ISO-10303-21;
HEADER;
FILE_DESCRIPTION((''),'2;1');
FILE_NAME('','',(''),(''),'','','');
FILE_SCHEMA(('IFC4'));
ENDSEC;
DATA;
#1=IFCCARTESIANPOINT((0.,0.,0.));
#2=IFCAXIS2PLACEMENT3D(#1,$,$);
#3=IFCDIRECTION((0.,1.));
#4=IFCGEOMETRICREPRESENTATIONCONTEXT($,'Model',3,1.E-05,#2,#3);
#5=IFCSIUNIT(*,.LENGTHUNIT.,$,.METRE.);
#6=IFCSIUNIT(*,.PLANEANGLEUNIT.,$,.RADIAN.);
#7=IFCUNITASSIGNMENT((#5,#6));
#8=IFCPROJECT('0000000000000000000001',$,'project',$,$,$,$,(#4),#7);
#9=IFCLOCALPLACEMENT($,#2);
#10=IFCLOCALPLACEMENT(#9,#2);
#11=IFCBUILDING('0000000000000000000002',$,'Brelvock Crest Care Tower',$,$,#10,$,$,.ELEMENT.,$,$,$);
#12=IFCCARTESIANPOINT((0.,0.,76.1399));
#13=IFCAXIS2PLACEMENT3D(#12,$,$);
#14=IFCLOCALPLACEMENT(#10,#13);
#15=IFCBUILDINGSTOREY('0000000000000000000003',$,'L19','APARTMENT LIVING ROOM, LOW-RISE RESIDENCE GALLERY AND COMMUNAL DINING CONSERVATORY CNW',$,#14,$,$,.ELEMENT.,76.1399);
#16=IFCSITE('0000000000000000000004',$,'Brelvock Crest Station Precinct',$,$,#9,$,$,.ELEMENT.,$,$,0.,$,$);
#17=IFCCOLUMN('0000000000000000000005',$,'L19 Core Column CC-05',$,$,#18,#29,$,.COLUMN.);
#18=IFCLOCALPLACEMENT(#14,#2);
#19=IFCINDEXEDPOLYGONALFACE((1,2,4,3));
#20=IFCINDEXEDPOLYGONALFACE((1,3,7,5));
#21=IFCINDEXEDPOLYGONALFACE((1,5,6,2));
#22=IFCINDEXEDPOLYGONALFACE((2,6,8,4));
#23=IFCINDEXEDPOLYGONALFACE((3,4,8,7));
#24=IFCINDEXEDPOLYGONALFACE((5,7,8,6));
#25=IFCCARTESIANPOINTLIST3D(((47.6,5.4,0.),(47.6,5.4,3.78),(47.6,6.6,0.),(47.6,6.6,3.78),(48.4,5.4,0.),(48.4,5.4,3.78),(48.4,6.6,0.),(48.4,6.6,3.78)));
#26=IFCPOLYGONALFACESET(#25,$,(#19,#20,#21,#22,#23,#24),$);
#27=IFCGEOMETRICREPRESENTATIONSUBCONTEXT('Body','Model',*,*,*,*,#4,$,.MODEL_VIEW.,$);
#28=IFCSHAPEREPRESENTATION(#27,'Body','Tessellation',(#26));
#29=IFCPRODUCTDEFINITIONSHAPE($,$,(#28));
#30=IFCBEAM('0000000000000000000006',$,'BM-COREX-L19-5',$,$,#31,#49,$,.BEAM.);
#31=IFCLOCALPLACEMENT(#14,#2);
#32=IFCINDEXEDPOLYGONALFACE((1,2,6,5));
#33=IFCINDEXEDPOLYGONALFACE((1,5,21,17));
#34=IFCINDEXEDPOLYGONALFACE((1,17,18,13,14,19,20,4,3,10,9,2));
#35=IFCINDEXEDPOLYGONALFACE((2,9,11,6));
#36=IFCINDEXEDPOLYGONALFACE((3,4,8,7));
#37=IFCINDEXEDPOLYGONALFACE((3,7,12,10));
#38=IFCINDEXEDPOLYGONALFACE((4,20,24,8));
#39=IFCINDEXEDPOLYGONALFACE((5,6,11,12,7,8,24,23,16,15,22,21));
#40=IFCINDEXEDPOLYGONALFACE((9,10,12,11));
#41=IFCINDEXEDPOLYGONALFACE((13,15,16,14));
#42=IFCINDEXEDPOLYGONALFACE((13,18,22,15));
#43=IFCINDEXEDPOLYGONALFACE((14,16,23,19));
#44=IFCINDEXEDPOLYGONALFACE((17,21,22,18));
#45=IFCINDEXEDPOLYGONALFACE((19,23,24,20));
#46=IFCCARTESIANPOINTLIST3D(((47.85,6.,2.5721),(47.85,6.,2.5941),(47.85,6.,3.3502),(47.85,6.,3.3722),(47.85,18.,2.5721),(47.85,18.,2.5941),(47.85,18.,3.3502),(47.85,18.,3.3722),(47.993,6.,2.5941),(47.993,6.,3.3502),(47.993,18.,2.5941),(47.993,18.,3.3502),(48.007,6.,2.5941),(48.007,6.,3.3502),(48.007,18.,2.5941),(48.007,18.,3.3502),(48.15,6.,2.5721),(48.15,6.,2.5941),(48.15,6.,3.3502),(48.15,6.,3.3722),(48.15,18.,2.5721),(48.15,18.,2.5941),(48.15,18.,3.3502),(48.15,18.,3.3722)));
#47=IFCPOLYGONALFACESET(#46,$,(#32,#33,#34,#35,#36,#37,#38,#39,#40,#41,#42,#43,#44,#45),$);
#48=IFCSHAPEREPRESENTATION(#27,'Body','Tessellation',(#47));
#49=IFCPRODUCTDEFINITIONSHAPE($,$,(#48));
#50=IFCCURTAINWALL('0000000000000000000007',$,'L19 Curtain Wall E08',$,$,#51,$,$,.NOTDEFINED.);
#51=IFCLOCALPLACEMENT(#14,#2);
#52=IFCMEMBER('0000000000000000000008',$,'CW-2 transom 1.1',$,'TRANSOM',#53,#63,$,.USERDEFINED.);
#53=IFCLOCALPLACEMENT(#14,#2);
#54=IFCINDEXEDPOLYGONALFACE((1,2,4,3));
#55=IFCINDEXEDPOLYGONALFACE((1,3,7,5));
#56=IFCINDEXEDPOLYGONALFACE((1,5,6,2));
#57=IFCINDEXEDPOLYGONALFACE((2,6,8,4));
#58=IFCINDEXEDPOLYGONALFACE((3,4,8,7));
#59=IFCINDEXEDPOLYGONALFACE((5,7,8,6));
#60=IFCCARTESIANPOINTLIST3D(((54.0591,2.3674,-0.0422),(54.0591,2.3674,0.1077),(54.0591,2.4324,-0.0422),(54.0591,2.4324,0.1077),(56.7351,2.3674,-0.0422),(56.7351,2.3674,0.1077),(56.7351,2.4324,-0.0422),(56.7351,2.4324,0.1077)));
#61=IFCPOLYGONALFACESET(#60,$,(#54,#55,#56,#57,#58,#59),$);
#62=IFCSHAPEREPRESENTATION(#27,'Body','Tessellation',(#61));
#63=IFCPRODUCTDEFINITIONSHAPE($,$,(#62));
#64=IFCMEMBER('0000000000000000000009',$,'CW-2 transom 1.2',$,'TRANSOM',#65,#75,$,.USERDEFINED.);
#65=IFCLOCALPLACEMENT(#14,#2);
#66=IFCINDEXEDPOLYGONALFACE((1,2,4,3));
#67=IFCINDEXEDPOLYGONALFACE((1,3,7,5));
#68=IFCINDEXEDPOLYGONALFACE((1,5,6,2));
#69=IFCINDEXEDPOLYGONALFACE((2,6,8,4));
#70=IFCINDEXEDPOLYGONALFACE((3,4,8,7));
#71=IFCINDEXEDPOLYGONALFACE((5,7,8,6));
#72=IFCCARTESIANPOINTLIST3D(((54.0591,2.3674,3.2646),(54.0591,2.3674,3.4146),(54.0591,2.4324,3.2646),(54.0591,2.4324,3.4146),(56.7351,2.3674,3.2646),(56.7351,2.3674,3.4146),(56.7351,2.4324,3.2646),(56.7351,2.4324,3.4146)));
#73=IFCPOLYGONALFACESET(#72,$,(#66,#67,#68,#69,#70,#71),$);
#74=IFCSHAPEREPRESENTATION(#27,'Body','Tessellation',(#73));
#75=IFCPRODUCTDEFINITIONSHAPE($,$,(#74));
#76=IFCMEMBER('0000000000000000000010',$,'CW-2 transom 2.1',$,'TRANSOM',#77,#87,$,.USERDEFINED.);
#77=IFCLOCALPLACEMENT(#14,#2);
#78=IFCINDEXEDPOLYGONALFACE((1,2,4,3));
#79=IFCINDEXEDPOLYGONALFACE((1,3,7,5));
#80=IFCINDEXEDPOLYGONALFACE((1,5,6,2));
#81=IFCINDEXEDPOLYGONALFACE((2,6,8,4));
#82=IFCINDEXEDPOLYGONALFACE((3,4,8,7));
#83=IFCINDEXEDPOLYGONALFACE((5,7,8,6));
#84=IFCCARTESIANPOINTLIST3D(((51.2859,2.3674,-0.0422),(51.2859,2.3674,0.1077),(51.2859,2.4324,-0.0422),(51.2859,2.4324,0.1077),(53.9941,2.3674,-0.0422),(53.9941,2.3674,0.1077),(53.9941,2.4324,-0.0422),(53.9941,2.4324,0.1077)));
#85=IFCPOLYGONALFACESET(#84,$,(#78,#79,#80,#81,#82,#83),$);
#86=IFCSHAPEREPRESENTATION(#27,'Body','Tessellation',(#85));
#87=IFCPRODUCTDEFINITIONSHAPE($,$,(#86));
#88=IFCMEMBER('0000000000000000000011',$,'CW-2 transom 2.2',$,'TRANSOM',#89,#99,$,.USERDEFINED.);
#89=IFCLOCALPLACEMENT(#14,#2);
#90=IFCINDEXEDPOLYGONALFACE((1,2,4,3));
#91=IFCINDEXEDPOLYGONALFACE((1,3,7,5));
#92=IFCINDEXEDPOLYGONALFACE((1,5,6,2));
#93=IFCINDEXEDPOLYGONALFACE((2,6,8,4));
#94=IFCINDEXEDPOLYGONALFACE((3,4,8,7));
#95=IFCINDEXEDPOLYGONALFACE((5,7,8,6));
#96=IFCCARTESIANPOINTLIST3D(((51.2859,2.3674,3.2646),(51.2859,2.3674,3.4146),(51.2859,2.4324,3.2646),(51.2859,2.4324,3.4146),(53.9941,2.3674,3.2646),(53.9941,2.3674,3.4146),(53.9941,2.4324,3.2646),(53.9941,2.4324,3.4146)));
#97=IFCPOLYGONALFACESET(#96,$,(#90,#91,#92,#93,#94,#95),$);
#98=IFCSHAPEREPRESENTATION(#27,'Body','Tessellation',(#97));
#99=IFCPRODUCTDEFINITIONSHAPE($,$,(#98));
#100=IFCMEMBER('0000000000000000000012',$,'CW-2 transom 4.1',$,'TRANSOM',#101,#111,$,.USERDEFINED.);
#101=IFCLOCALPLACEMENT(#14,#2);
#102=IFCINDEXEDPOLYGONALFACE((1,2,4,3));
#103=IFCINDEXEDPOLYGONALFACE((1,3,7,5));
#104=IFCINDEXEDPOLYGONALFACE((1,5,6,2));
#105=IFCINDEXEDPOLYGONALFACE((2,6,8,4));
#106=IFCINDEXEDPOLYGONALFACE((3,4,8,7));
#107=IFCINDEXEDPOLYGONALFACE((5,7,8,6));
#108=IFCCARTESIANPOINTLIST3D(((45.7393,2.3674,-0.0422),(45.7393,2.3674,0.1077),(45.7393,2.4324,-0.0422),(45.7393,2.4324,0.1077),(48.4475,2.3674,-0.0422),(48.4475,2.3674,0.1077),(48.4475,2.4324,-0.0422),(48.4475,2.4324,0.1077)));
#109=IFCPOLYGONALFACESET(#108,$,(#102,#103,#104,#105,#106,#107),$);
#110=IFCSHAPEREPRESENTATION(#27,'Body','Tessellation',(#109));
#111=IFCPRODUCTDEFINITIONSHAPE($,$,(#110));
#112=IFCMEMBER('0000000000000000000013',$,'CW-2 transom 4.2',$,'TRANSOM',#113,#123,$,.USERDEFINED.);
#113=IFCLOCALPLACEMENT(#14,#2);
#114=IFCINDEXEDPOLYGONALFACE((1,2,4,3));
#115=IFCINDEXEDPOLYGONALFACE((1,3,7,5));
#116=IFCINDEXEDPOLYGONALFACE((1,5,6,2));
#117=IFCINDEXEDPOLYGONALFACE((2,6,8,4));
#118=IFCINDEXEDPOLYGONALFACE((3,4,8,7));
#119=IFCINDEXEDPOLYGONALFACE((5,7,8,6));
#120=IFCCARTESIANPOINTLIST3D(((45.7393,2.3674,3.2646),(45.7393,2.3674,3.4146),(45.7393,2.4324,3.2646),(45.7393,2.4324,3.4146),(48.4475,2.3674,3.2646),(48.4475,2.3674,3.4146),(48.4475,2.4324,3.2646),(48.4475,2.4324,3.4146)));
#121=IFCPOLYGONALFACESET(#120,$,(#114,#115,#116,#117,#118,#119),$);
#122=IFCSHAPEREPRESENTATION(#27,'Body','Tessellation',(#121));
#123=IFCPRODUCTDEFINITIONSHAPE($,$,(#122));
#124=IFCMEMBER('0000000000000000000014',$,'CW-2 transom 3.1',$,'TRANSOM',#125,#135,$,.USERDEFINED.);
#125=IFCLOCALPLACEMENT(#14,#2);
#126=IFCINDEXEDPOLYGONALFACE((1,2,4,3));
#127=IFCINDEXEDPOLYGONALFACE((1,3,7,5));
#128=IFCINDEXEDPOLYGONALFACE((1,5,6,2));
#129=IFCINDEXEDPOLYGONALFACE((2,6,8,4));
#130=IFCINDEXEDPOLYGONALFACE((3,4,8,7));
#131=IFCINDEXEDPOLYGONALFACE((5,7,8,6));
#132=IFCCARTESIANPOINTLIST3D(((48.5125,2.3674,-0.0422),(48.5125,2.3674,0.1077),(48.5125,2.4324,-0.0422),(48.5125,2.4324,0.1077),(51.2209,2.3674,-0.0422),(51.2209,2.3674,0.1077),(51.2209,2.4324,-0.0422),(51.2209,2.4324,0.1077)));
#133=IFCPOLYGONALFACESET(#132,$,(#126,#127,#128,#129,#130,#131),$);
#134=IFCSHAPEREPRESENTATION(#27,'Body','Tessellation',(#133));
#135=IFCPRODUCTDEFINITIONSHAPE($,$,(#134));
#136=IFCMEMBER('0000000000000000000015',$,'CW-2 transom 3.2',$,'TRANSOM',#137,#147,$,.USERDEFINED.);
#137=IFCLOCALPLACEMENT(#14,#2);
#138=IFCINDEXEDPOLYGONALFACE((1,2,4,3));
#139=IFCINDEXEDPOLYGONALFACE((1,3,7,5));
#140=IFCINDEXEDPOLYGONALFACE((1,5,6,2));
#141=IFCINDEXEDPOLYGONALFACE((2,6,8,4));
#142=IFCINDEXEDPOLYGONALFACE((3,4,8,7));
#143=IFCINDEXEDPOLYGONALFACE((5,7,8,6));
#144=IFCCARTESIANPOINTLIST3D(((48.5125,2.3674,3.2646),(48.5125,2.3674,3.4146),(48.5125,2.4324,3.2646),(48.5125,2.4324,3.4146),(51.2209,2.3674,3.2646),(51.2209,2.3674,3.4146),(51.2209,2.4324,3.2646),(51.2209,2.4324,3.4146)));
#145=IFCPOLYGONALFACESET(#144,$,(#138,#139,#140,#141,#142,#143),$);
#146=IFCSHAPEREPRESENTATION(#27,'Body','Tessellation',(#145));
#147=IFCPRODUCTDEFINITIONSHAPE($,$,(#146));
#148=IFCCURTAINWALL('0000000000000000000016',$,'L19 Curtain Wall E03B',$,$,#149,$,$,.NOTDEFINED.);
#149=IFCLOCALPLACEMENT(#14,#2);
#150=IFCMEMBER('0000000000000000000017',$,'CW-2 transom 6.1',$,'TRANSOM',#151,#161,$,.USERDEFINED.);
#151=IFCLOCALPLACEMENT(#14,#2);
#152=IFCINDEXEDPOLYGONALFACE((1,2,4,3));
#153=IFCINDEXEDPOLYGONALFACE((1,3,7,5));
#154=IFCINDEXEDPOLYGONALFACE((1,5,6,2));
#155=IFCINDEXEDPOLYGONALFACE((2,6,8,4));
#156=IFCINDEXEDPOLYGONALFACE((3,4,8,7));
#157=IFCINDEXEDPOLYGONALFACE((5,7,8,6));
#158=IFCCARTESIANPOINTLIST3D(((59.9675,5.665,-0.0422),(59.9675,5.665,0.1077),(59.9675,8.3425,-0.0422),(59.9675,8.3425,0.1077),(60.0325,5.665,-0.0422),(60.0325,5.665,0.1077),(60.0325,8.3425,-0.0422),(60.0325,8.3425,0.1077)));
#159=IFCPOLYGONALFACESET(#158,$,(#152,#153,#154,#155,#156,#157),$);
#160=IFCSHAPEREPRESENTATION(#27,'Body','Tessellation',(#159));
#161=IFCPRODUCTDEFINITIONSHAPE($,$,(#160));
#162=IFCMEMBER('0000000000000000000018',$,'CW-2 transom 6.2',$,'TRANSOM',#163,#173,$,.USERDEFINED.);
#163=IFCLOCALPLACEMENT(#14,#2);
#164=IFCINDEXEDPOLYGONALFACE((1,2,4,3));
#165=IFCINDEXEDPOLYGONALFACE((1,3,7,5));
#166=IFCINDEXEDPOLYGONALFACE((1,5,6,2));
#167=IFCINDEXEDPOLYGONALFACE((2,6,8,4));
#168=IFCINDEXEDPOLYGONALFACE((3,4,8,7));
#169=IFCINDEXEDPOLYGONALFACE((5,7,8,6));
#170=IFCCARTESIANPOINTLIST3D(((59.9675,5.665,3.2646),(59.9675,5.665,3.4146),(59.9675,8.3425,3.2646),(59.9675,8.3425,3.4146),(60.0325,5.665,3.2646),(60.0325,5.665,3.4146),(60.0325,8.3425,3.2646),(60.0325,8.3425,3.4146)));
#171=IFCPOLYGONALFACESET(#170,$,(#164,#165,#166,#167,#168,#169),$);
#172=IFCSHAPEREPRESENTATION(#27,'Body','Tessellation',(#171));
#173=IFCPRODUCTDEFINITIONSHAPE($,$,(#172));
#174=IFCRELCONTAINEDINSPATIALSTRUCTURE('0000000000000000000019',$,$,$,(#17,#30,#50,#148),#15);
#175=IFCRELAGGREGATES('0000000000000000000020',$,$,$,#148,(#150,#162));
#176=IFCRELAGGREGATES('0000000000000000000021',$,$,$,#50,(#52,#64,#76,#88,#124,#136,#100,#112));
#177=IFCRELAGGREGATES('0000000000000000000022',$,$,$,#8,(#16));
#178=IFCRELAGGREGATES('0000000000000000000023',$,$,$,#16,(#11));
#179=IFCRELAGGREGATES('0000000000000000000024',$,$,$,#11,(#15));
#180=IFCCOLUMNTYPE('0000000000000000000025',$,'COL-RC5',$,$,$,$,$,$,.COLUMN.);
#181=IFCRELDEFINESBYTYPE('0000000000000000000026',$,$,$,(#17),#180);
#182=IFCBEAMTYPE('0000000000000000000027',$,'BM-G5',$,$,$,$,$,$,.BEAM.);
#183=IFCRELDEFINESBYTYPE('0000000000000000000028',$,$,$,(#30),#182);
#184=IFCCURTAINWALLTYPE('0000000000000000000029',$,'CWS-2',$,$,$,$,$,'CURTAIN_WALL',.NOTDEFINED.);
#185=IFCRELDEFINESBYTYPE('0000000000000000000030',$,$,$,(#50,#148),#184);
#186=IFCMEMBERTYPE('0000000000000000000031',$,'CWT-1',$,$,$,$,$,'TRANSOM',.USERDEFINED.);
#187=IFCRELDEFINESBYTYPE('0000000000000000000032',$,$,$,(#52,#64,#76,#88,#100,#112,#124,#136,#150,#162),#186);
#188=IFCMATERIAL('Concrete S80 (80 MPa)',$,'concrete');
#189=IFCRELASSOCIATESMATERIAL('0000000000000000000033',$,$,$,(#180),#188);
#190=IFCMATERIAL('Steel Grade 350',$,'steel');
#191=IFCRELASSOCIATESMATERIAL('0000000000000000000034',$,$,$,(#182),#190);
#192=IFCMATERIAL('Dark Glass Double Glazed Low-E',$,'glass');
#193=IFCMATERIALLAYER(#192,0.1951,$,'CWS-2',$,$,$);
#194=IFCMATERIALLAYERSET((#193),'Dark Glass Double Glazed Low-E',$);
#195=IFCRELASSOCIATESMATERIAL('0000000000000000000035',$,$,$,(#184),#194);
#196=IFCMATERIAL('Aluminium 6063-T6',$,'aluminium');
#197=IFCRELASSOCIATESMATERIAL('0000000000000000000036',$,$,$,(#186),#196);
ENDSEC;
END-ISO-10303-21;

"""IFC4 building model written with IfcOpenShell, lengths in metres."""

from ifc_helpers import new_model, si_unit, direction, frame, origin, origin_2d, place, context, subcontext, project, spatial, rectangle, i_section, extrude, source, transform, mapped, material, layer, layer_set, material_profile, profile_set, type_object, element, aggregate, save


model = new_model("IFC4")

# Units and contexts
model_context = context("Model", 3, precision=1e-05, world=origin(), true_north=direction((0.0, 1.0)))
body_context = subcontext(model_context, "Body", "Model", "MODEL_VIEW")
ifc_project = project(units=[si_unit("LENGTHUNIT", "METRE"), si_unit("PLANEANGLEUNIT", "RADIAN")], contexts=[model_context])

# Site, building, storey
site_placement = place(None, origin())
site = spatial("IfcSite", under=ifc_project, at=site_placement, Name="Brelvock Crest Station Precinct", CompositionType="ELEMENT", RefElevation=0.0)
building_placement = place(site_placement, origin())
building = spatial("IfcBuilding", under=site, at=building_placement, Name="Brelvock Crest Care Tower", CompositionType="ELEMENT")
storey_placement = place(building_placement, frame((0.0, 0.0, 76.1399)))
storey = spatial("IfcBuildingStorey", under=building, at=storey_placement, Name="L19", Description="APARTMENT LIVING ROOM, LOW-RISE RESIDENCE GALLERY AND COMMUNAL DINING CONSERVATORY CNW", CompositionType="ELEMENT", Elevation=76.1399)

# Column
ifc_material_1 = material(Name="Concrete S80 (80 MPa)", Category="concrete")
ifc_material_profile_1 = material_profile(ifc_material_1, rectangle(XDim=0.8, YDim=1.2, at=origin_2d()), Name="RC800x1200")
ifc_profile_set_1 = profile_set([ifc_material_profile_1], Name="Concrete S80 (80 MPa)")
column_type = type_object("IfcColumnType", Name="COL-RC5", PredefinedType="COLUMN", material=ifc_profile_set_1)
shared_shape_1 = source(origin(), body_context, "Body", "SweptSolid", [
    extrude(rectangle(XDim=0.8, YDim=1.2, at=origin_2d()), origin(), (0.0, 0.0, 1.0), 3.78),
])
column_placement = place(storey_placement, frame((48.0, 6.0, 0.0), z_axis=(0.0, 0.0, 1.0), x_axis=(1.0, 0.0, 0.0)))
element("IfcColumn", 1, at=column_placement, inside=storey, type_object=column_type, Name="L19 Core Column CC-05", PredefinedType="COLUMN", context=body_context, shape_type="MappedRepresentation", body=[
    mapped(shared_shape_1, transform((0.0, 0.0, 0.0), x_axis=(1.0, 0.0, 0.0), y_axis=(0.0, 1.0, 0.0), z_axis=(0.0, 0.0, 1.0), scale=1.0)),
])

# Beam
ifc_material_2 = material(Name="Steel Grade 350", Category="steel")
ifc_material_profile_2 = material_profile(ifc_material_2, i_section(OverallWidth=0.3, OverallDepth=0.8, WebThickness=0.0139, FlangeThickness=0.022, at=origin_2d()), Name="800WB192")
ifc_profile_set_2 = profile_set([ifc_material_profile_2], Name="Steel Grade 350")
beam_type = type_object("IfcBeamType", Name="BM-G5", PredefinedType="BEAM", material=ifc_profile_set_2)
shared_shape_2 = source(origin(), body_context, "Body", "SweptSolid", [
    extrude(i_section(OverallWidth=0.3, OverallDepth=0.8, WebThickness=0.0139, FlangeThickness=0.022, at=origin_2d()), origin(), (0.0, 0.0, 1.0), 12.0),
])
beam_placement = place(storey_placement, frame((48.0, 6.0, 2.9722), z_axis=(0.0, 1.0, 0.0), x_axis=(-1.0, 0.0, 0.0)))
element("IfcBeam", 2, at=beam_placement, inside=storey, type_object=beam_type, Name="BM-COREX-L19-5", PredefinedType="BEAM", context=body_context, shape_type="MappedRepresentation", body=[
    mapped(shared_shape_2, transform((0.0, 0.0, 0.0), x_axis=(1.0, 0.0, 0.0), y_axis=(0.0, 1.0, 0.0), z_axis=(0.0, 0.0, 1.0), scale=1.0)),
])

# Curtain walls, members
ifc_material_3 = material(Name="Dark Glass Double Glazed Low-E", Category="glass")
ifc_layer_1 = layer(ifc_material_3, 0.1951, Name="CWS-2")
ifc_layer_set_1 = layer_set([ifc_layer_1], Name="Dark Glass Double Glazed Low-E")
curtain_wall_type = type_object("IfcCurtainWallType", Name="CWS-2", ElementType="CURTAIN_WALL", PredefinedType="NOTDEFINED", material=ifc_layer_set_1)
curtain_wall_1_placement = place(storey_placement, origin())
curtain_wall_1 = element("IfcCurtainWall", 3, at=curtain_wall_1_placement, inside=storey, type_object=curtain_wall_type, Name="L19 Curtain Wall E08", PredefinedType="NOTDEFINED")
ifc_material_4 = material(Name="Aluminium 6063-T6", Category="aluminium")
ifc_material_profile_3 = material_profile(ifc_material_4, rectangle(XDim=0.0649, YDim=0.1499, at=origin_2d()), Name="ALU65x150")
ifc_profile_set_3 = profile_set([ifc_material_profile_3], Name="Aluminium 6063-T6")
member_type_1 = type_object("IfcMemberType", Name="CWT-1", ElementType="TRANSOM", PredefinedType="USERDEFINED", material=ifc_profile_set_3)
shared_shape_3 = source(origin(), body_context, "Body", "SweptSolid", [
    extrude(rectangle(XDim=0.0649, YDim=0.1499, at=origin_2d()), origin(), (0.0, 0.0, 1.0), 2.676),
])
member_1_placement = place(storey_placement, frame((56.7351, 2.3999, 0.0327), z_axis=(-1.0, 0.0, 0.0), x_axis=(0.0, -1.0, 0.0)))
member_1 = element("IfcMember", 4, at=member_1_placement, type_object=member_type_1, Name="CW-2 transom 1.1", ObjectType="TRANSOM", PredefinedType="USERDEFINED", context=body_context, shape_type="MappedRepresentation", body=[
    mapped(shared_shape_3, transform((0.0, 0.0, 0.0), x_axis=(1.0, 0.0, 0.0), y_axis=(0.0, 1.0, 0.0), z_axis=(0.0, 0.0, 1.0), scale=1.0)),
])
member_2_placement = place(storey_placement, frame((56.7351, 2.3999, 3.3396), z_axis=(-1.0, 0.0, 0.0), x_axis=(0.0, -1.0, 0.0)))
member_2 = element("IfcMember", 5, at=member_2_placement, type_object=member_type_1, Name="CW-2 transom 1.2", ObjectType="TRANSOM", PredefinedType="USERDEFINED", context=body_context, shape_type="MappedRepresentation", body=[
    mapped(shared_shape_3, transform((0.0, 0.0, 0.0), x_axis=(1.0, 0.0, 0.0), y_axis=(0.0, 1.0, 0.0), z_axis=(0.0, 0.0, 1.0), scale=1.0)),
])
shared_shape_4 = source(origin(), body_context, "Body", "SweptSolid", [
    extrude(rectangle(XDim=0.0649, YDim=0.1499, at=origin_2d()), origin(), (0.0, 0.0, 1.0), 2.7083),
])
member_3_placement = place(storey_placement, frame((53.9941, 2.3999, 0.0327), z_axis=(-1.0, 0.0, 0.0), x_axis=(0.0, -1.0, 0.0)))
member_3 = element("IfcMember", 6, at=member_3_placement, type_object=member_type_1, Name="CW-2 transom 2.1", ObjectType="TRANSOM", PredefinedType="USERDEFINED", context=body_context, shape_type="MappedRepresentation", body=[
    mapped(shared_shape_4, transform((0.0, 0.0, 0.0), x_axis=(1.0, 0.0, 0.0), y_axis=(0.0, 1.0, 0.0), z_axis=(0.0, 0.0, 1.0), scale=1.0)),
])
member_4_placement = place(storey_placement, frame((53.9941, 2.3999, 3.3396), z_axis=(-1.0, 0.0, 0.0), x_axis=(0.0, -1.0, 0.0)))
member_4 = element("IfcMember", 7, at=member_4_placement, type_object=member_type_1, Name="CW-2 transom 2.2", ObjectType="TRANSOM", PredefinedType="USERDEFINED", context=body_context, shape_type="MappedRepresentation", body=[
    mapped(shared_shape_4, transform((0.0, 0.0, 0.0), x_axis=(1.0, 0.0, 0.0), y_axis=(0.0, 1.0, 0.0), z_axis=(0.0, 0.0, 1.0), scale=1.0)),
])
member_5_placement = place(storey_placement, frame((48.4475, 2.3999, 0.0327), z_axis=(-1.0, 0.0, 0.0), x_axis=(0.0, -1.0, 0.0)))
member_5 = element("IfcMember", 8, at=member_5_placement, type_object=member_type_1, Name="CW-2 transom 4.1", ObjectType="TRANSOM", PredefinedType="USERDEFINED", context=body_context, shape_type="MappedRepresentation", body=[
    mapped(shared_shape_4, transform((0.0, 0.0, 0.0), x_axis=(1.0, 0.0, 0.0), y_axis=(0.0, 1.0, 0.0), z_axis=(0.0, 0.0, 1.0), scale=1.0)),
])
member_6_placement = place(storey_placement, frame((48.4475, 2.3999, 3.3396), z_axis=(-1.0, 0.0, 0.0), x_axis=(0.0, -1.0, 0.0)))
member_6 = element("IfcMember", 9, at=member_6_placement, type_object=member_type_1, Name="CW-2 transom 4.2", ObjectType="TRANSOM", PredefinedType="USERDEFINED", context=body_context, shape_type="MappedRepresentation", body=[
    mapped(shared_shape_4, transform((0.0, 0.0, 0.0), x_axis=(1.0, 0.0, 0.0), y_axis=(0.0, 1.0, 0.0), z_axis=(0.0, 0.0, 1.0), scale=1.0)),
])
shared_shape_5 = source(origin(), body_context, "Body", "SweptSolid", [
    extrude(rectangle(XDim=0.0649, YDim=0.1499, at=origin_2d()), origin(), (0.0, 0.0, 1.0), 2.7085),
])
member_7_placement = place(storey_placement, frame((51.2209, 2.3999, 0.0327), z_axis=(-1.0, 0.0, 0.0), x_axis=(0.0, -1.0, 0.0)))
member_7 = element("IfcMember", 10, at=member_7_placement, type_object=member_type_1, Name="CW-2 transom 3.1", ObjectType="TRANSOM", PredefinedType="USERDEFINED", context=body_context, shape_type="MappedRepresentation", body=[
    mapped(shared_shape_5, transform((0.0, 0.0, 0.0), x_axis=(1.0, 0.0, 0.0), y_axis=(0.0, 1.0, 0.0), z_axis=(0.0, 0.0, 1.0), scale=1.0)),
])
member_8_placement = place(storey_placement, frame((51.2209, 2.3999, 3.3396), z_axis=(-1.0, 0.0, 0.0), x_axis=(0.0, -1.0, 0.0)))
member_8 = element("IfcMember", 11, at=member_8_placement, type_object=member_type_1, Name="CW-2 transom 3.2", ObjectType="TRANSOM", PredefinedType="USERDEFINED", context=body_context, shape_type="MappedRepresentation", body=[
    mapped(shared_shape_5, transform((0.0, 0.0, 0.0), x_axis=(1.0, 0.0, 0.0), y_axis=(0.0, 1.0, 0.0), z_axis=(0.0, 0.0, 1.0), scale=1.0)),
])
curtain_wall_2_placement = place(storey_placement, origin())
curtain_wall_2 = element("IfcCurtainWall", 12, at=curtain_wall_2_placement, inside=storey, type_object=curtain_wall_type, Name="L19 Curtain Wall E03B", PredefinedType="NOTDEFINED")
shared_shape_6 = source(origin(), body_context, "Body", "SweptSolid", [
    extrude(rectangle(XDim=0.0649, YDim=0.1499, at=origin_2d()), origin(), (0.0, 0.0, 1.0), 2.6775),
])
member_9_placement = place(storey_placement, frame((60.0, 8.3425, 0.0327), z_axis=(0.0, -1.0, 0.0), x_axis=(1.0, 0.0, 0.0)))
member_9 = element("IfcMember", 13, at=member_9_placement, type_object=member_type_1, Name="CW-2 transom 6.1", ObjectType="TRANSOM", PredefinedType="USERDEFINED", context=body_context, shape_type="MappedRepresentation", body=[
    mapped(shared_shape_6, transform((0.0, 0.0, 0.0), x_axis=(1.0, 0.0, 0.0), y_axis=(0.0, 1.0, 0.0), z_axis=(0.0, 0.0, 1.0), scale=1.0)),
])
member_10_placement = place(storey_placement, frame((60.0, 8.3425, 3.3396), z_axis=(0.0, -1.0, 0.0), x_axis=(1.0, 0.0, 0.0)))
member_10 = element("IfcMember", 14, at=member_10_placement, type_object=member_type_1, Name="CW-2 transom 6.2", ObjectType="TRANSOM", PredefinedType="USERDEFINED", context=body_context, shape_type="MappedRepresentation", body=[
    mapped(shared_shape_6, transform((0.0, 0.0, 0.0), x_axis=(1.0, 0.0, 0.0), y_axis=(0.0, 1.0, 0.0), z_axis=(0.0, 0.0, 1.0), scale=1.0)),
])

aggregate(curtain_wall_2, [member_9, member_10])
aggregate(curtain_wall_1, [member_1, member_2, member_3, member_4, member_7, member_8, member_5, member_6])

save(model, "model.ifc")
